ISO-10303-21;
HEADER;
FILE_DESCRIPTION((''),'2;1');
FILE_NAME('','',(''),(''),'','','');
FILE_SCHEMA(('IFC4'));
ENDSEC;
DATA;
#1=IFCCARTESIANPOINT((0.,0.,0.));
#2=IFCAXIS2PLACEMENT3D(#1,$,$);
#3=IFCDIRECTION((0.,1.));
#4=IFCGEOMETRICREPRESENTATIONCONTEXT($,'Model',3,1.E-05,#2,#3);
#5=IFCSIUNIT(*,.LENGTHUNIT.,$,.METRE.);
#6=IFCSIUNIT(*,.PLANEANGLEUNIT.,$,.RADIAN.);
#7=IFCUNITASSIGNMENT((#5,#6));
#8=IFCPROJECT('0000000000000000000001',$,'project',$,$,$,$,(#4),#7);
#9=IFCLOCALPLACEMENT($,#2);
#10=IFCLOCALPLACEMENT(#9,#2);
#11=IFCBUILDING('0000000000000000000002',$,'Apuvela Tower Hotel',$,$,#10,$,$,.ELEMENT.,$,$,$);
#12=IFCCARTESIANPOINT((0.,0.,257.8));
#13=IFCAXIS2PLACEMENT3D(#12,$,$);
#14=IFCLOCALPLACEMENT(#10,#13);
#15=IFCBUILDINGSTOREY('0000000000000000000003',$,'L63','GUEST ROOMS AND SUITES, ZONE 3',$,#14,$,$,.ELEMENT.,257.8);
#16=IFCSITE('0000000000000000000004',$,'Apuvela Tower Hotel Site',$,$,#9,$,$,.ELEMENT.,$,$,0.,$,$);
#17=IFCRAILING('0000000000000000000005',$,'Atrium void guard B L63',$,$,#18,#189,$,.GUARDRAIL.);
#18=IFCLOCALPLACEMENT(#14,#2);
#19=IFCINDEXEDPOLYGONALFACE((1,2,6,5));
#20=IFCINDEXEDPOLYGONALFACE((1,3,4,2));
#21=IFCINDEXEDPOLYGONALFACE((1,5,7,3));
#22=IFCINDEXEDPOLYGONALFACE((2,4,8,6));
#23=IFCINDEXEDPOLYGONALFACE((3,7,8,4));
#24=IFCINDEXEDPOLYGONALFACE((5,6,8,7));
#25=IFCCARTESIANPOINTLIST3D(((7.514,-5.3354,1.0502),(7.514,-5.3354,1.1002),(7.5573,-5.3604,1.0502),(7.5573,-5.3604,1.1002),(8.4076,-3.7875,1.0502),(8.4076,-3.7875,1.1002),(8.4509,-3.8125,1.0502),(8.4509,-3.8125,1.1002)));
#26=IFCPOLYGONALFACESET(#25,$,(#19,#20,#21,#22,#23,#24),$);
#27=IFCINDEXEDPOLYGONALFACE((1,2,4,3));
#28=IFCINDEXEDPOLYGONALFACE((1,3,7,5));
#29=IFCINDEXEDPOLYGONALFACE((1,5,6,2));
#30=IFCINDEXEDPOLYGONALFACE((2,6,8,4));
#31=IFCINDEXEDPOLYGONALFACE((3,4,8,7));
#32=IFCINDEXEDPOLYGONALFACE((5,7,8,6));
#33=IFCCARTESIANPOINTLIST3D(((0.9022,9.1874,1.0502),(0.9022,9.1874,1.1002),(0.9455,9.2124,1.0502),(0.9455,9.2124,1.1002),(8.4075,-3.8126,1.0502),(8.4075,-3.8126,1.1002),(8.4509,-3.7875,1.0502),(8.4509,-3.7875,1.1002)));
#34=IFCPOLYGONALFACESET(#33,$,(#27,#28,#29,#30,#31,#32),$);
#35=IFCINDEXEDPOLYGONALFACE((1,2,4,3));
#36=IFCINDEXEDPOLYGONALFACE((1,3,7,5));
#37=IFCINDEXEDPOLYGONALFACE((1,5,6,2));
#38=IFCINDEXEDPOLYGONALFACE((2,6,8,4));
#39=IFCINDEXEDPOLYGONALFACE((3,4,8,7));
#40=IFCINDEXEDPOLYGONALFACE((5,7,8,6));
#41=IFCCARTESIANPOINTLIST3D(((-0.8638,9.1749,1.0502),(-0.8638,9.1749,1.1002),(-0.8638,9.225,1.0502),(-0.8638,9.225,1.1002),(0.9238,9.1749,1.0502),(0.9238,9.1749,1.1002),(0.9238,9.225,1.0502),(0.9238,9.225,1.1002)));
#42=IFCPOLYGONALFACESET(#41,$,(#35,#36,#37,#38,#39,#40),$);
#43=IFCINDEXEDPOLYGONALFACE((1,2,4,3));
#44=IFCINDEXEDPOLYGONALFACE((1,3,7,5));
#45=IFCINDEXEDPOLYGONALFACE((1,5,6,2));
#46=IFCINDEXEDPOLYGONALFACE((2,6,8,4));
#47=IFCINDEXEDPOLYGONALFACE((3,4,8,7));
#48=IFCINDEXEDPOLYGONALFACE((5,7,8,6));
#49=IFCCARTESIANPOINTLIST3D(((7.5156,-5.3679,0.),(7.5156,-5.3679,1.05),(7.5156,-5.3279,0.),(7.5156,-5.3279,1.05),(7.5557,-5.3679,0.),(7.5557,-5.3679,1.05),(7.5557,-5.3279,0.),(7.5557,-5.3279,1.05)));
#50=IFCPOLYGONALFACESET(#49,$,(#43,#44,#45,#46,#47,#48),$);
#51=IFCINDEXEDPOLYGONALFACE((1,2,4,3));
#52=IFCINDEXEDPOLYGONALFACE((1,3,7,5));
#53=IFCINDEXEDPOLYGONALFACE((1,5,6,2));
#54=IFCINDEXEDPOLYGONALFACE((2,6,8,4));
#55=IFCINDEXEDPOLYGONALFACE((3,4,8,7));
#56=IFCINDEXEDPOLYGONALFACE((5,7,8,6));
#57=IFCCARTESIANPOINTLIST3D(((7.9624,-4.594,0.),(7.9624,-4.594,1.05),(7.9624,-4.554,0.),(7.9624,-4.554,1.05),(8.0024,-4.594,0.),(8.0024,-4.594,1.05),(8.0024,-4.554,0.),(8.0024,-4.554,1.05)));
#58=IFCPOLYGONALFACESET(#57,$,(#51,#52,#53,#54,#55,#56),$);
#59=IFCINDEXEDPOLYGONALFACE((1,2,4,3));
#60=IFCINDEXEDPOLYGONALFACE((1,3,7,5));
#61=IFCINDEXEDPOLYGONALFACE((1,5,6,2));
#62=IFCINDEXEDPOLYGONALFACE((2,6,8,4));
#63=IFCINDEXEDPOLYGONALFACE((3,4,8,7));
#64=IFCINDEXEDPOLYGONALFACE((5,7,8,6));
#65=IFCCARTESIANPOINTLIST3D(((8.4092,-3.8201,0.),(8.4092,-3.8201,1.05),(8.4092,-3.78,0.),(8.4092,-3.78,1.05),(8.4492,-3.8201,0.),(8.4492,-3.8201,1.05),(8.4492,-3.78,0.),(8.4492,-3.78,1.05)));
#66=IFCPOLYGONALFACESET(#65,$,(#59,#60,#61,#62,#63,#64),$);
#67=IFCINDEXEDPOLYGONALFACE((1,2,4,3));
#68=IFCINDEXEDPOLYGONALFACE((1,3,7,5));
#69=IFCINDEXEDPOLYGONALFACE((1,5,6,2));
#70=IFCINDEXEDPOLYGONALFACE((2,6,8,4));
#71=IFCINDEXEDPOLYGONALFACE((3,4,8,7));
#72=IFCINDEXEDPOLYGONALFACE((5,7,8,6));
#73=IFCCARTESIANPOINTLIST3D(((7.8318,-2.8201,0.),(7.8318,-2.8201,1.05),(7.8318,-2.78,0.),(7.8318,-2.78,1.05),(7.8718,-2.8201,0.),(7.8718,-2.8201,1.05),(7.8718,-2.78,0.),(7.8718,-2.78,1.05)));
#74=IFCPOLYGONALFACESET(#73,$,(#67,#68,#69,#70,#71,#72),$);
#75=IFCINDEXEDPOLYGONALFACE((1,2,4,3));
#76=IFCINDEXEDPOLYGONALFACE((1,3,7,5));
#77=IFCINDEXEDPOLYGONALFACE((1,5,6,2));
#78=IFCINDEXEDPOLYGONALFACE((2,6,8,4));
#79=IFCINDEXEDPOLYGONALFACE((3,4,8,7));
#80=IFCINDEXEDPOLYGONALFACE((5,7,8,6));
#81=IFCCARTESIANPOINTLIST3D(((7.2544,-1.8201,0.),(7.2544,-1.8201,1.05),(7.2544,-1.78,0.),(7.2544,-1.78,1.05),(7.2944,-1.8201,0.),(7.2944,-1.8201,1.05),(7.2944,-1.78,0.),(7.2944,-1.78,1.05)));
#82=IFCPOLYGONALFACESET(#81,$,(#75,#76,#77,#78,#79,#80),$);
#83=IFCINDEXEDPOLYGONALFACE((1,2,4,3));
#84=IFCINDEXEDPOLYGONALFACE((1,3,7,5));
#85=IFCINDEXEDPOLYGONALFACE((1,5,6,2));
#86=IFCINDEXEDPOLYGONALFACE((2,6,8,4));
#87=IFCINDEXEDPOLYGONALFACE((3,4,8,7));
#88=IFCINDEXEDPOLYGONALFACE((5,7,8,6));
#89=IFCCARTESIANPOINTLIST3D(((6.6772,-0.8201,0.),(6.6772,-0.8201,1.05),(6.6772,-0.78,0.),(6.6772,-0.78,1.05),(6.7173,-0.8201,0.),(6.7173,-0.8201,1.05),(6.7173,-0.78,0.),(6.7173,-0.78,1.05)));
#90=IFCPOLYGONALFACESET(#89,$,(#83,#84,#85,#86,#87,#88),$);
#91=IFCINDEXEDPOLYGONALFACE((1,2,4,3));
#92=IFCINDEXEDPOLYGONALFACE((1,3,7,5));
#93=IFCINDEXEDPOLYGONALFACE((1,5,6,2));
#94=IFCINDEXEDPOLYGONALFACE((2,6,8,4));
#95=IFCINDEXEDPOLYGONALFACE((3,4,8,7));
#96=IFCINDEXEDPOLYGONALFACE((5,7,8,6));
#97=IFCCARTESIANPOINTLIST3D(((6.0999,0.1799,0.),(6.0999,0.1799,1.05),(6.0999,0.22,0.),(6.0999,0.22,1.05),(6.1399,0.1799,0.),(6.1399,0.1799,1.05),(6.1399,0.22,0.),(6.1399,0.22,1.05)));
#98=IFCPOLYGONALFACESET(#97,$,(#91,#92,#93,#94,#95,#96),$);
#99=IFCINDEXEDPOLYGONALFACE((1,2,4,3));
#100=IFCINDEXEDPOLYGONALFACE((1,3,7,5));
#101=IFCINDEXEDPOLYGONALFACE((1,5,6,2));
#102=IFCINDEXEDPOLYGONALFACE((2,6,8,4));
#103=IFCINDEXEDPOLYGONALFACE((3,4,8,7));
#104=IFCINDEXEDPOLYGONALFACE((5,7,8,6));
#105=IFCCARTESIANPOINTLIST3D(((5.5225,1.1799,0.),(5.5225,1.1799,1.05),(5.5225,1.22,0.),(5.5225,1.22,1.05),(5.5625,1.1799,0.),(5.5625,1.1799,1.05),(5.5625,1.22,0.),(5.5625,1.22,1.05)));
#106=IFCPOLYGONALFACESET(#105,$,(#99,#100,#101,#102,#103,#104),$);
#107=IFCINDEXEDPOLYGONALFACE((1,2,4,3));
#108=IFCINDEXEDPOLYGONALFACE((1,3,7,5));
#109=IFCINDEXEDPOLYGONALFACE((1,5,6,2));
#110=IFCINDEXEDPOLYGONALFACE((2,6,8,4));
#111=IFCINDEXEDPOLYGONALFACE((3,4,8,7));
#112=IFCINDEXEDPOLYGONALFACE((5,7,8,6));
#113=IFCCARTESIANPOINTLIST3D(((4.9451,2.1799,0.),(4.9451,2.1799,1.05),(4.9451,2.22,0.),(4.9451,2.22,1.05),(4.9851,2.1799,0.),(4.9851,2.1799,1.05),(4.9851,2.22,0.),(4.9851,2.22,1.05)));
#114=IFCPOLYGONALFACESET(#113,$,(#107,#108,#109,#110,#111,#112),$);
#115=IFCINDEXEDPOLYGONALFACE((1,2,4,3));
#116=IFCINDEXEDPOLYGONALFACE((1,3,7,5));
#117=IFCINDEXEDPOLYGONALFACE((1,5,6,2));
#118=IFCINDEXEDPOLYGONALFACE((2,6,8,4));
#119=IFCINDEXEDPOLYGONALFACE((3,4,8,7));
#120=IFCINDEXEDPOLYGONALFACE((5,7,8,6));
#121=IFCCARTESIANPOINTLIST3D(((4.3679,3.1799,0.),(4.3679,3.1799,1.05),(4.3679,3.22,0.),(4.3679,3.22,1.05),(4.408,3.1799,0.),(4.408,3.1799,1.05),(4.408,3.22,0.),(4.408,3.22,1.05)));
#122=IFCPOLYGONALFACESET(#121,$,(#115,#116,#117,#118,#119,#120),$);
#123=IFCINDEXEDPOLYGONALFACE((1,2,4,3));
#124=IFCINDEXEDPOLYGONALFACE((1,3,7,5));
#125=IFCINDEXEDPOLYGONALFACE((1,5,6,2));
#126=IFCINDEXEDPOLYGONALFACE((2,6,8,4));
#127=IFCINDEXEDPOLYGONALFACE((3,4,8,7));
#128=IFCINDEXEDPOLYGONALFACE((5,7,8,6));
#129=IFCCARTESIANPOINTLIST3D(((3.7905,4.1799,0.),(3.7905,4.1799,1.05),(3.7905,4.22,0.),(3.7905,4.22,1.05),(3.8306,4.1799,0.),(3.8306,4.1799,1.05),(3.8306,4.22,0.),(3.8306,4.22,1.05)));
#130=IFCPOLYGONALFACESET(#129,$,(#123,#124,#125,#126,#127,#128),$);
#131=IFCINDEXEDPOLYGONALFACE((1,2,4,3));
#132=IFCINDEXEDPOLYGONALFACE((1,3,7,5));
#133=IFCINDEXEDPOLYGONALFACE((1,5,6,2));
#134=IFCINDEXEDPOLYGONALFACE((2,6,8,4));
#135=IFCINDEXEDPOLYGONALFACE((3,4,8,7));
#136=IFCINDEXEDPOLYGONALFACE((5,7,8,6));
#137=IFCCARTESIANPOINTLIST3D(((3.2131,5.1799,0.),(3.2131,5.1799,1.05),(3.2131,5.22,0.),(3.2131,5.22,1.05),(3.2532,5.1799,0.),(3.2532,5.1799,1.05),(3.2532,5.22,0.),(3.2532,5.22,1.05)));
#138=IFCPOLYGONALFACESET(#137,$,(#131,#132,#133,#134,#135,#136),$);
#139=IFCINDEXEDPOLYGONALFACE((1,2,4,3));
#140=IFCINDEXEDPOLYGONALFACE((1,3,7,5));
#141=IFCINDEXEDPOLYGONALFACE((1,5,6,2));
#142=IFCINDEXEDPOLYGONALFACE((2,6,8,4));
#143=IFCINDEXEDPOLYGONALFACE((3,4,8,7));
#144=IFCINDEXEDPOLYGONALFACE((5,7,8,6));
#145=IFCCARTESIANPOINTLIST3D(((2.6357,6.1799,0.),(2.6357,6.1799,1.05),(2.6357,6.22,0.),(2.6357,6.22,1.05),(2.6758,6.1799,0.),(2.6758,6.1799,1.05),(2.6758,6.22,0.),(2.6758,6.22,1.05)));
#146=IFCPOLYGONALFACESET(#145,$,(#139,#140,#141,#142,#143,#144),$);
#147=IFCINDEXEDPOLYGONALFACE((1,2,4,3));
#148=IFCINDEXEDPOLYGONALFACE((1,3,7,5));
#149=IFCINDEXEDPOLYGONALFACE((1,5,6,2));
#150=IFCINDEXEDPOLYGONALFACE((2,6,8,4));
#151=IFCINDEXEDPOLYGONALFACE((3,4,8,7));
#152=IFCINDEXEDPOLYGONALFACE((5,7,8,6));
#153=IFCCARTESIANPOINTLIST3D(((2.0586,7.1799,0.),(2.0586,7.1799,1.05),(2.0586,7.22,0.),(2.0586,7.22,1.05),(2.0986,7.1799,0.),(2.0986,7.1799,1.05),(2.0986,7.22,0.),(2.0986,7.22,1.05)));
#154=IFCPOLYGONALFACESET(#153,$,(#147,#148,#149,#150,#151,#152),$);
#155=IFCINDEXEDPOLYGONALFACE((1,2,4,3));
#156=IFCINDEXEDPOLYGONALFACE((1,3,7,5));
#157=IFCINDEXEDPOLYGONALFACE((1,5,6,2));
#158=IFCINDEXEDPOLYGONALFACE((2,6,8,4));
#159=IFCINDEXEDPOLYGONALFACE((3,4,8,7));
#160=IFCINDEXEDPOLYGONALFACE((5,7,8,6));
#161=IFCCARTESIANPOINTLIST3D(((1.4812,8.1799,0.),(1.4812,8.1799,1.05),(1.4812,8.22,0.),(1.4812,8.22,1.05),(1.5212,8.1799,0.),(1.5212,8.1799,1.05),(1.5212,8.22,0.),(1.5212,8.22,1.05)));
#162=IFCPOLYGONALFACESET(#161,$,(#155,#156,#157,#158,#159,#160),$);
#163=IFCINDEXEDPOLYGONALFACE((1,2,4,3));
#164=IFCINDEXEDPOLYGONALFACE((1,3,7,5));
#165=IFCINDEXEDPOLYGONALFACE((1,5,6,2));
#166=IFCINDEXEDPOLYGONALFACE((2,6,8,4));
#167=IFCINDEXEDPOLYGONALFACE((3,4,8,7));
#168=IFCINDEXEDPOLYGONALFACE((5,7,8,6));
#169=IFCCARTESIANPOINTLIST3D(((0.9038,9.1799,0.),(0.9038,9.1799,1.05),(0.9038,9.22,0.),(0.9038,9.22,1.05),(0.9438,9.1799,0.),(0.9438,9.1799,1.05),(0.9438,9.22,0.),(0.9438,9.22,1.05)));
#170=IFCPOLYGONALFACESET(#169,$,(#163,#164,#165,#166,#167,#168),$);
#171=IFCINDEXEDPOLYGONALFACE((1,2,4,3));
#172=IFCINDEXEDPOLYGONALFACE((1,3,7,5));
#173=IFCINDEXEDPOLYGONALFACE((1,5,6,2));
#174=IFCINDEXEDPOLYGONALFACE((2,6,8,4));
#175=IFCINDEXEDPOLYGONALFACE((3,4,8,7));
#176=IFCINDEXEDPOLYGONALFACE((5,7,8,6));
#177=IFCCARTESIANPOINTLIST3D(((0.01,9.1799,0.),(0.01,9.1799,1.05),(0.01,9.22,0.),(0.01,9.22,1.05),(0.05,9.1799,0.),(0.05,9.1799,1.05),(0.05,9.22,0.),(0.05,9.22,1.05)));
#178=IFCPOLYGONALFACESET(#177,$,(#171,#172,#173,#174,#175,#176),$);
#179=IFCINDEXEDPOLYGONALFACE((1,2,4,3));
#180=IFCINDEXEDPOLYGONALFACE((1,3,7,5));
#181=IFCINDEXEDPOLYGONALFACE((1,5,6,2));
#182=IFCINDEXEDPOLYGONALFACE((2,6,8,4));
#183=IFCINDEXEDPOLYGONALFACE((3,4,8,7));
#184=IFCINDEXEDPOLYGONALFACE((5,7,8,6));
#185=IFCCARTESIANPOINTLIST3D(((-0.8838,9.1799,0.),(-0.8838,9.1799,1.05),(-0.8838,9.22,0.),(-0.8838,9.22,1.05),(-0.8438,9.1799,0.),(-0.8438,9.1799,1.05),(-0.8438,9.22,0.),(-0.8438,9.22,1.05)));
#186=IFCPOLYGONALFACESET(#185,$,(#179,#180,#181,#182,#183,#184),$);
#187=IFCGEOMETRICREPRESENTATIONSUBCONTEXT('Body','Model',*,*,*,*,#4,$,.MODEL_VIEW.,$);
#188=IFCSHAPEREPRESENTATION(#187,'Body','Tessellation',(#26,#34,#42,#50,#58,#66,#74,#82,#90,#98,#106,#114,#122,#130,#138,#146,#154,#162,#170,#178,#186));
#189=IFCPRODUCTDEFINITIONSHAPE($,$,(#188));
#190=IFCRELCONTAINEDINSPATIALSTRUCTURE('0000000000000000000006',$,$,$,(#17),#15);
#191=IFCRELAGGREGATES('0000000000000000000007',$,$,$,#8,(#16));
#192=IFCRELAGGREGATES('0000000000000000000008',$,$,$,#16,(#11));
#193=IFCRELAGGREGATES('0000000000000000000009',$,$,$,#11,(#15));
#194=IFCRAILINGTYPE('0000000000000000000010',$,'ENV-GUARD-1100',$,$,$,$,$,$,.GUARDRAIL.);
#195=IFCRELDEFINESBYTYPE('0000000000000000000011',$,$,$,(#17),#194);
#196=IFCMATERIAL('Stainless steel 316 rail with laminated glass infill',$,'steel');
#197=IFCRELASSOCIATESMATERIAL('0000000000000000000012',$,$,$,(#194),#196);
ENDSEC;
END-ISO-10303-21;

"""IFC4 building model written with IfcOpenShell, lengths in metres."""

from ifc_helpers import new_model, si_unit, direction, frame, origin, origin_2d, place, context, subcontext, project, spatial, rectangle, extrude, material, type_object, element, save


model = new_model("IFC4")

# Units and contexts
model_context = context("Model", 3, precision=1e-05, world=origin(), true_north=direction((0.0, 1.0)))
body_context = subcontext(model_context, "Body", "Model", "MODEL_VIEW")
ifc_project = project(units=[si_unit("LENGTHUNIT", "METRE"), si_unit("PLANEANGLEUNIT", "RADIAN")], contexts=[model_context])

# Site, building, storey
site_placement = place(None, origin())
site = spatial("IfcSite", under=ifc_project, at=site_placement, Name="Apuvela Tower Hotel Site", CompositionType="ELEMENT", RefElevation=0.0)
building_placement = place(site_placement, origin())
building = spatial("IfcBuilding", under=site, at=building_placement, Name="Apuvela Tower Hotel", CompositionType="ELEMENT")
storey_placement = place(building_placement, frame((0.0, 0.0, 257.8)))
storey = spatial("IfcBuildingStorey", under=building, at=storey_placement, Name="L63", Description="GUEST ROOMS AND SUITES, ZONE 3", CompositionType="ELEMENT", Elevation=257.8)

# Railing
ifc_material_1 = material(Name="Stainless steel 316 rail with laminated glass infill", Category="steel")
railing_type_1 = type_object("IfcRailingType", Name="ENV-GUARD-1100", PredefinedType="GUARDRAIL", material=ifc_material_1)
railing_1_placement = place(storey_placement, frame((7.5356, -5.3479, 0.0)))
element("IfcRailing", 1, at=railing_1_placement, inside=storey, type_object=railing_type_1, Name="Atrium void guard B L63", PredefinedType="GUARDRAIL", context=body_context, shape_type="SweptSolid", body=[
    extrude(rectangle(XDim=0.05, YDim=0.05, at=origin_2d()), frame((0.0, 0.0, 1.0752), z_axis=(0.499959, 0.866049, 0.0), x_axis=(-0.866049, 0.499959, 0.0)), (0.0, 0.0, 1.0), 1.7874),
    extrude(rectangle(XDim=0.05, YDim=0.05, at=origin_2d()), frame((0.8936, 1.5479, 1.0752), z_axis=(-0.499991, 0.866031, 0.0), x_axis=(-0.866031, -0.499991, 0.0)), (0.0, 0.0, 1.0), 15.011),
    extrude(rectangle(XDim=0.05, YDim=0.05, at=origin_2d()), frame((-6.6118, 14.5479, 1.0752), z_axis=(-1.0, 0.0, 0.0), x_axis=(0.0, -1.0, 0.0)), (0.0, 0.0, 1.0), 1.7876),
    extrude(rectangle(XDim=0.04, YDim=0.04, at=origin_2d()), origin(), (0.0, 0.0, 1.0), 1.05),
    extrude(rectangle(XDim=0.04, YDim=0.04, at=origin_2d()), frame((0.4468, 0.7739, 0.0)), (0.0, 0.0, 1.0), 1.05),
    extrude(rectangle(XDim=0.04, YDim=0.04, at=origin_2d()), frame((0.8936, 1.5479, 0.0)), (0.0, 0.0, 1.0), 1.05),
    extrude(rectangle(XDim=0.04, YDim=0.04, at=origin_2d()), frame((0.3162, 2.5479, 0.0)), (0.0, 0.0, 1.0), 1.05),
    extrude(rectangle(XDim=0.04, YDim=0.04, at=origin_2d()), frame((-0.2612, 3.5479, 0.0)), (0.0, 0.0, 1.0), 1.05),
    extrude(rectangle(XDim=0.04, YDim=0.04, at=origin_2d()), frame((-0.8384, 4.5479, 0.0)), (0.0, 0.0, 1.0), 1.05),
    extrude(rectangle(XDim=0.04, YDim=0.04, at=origin_2d()), frame((-1.4158, 5.5479, 0.0)), (0.0, 0.0, 1.0), 1.05),
    extrude(rectangle(XDim=0.04, YDim=0.04, at=origin_2d()), frame((-1.9932, 6.5479, 0.0)), (0.0, 0.0, 1.0), 1.05),
    extrude(rectangle(XDim=0.04, YDim=0.04, at=origin_2d()), frame((-2.5706, 7.5479, 0.0)), (0.0, 0.0, 1.0), 1.05),
    extrude(rectangle(XDim=0.04, YDim=0.04, at=origin_2d()), frame((-3.1477, 8.5479, 0.0)), (0.0, 0.0, 1.0), 1.05),
    extrude(rectangle(XDim=0.04, YDim=0.04, at=origin_2d()), frame((-3.7251, 9.5479, 0.0)), (0.0, 0.0, 1.0), 1.05),
    extrude(rectangle(XDim=0.04, YDim=0.04, at=origin_2d()), frame((-4.3025, 10.5479, 0.0)), (0.0, 0.0, 1.0), 1.05),
    extrude(rectangle(XDim=0.04, YDim=0.04, at=origin_2d()), frame((-4.8799, 11.5479, 0.0)), (0.0, 0.0, 1.0), 1.05),
    extrude(rectangle(XDim=0.04, YDim=0.04, at=origin_2d()), frame((-5.457, 12.5479, 0.0)), (0.0, 0.0, 1.0), 1.05),
    extrude(rectangle(XDim=0.04, YDim=0.04, at=origin_2d()), frame((-6.0344, 13.5479, 0.0)), (0.0, 0.0, 1.0), 1.05),
    extrude(rectangle(XDim=0.04, YDim=0.04, at=origin_2d()), frame((-6.6118, 14.5479, 0.0)), (0.0, 0.0, 1.0), 1.05),
    extrude(rectangle(XDim=0.04, YDim=0.04, at=origin_2d()), frame((-7.5056, 14.5479, 0.0)), (0.0, 0.0, 1.0), 1.05),
    extrude(rectangle(XDim=0.04, YDim=0.04, at=origin_2d()), frame((-8.3994, 14.5479, 0.0)), (0.0, 0.0, 1.0), 1.05),
])

save(model, "model.ifc")
